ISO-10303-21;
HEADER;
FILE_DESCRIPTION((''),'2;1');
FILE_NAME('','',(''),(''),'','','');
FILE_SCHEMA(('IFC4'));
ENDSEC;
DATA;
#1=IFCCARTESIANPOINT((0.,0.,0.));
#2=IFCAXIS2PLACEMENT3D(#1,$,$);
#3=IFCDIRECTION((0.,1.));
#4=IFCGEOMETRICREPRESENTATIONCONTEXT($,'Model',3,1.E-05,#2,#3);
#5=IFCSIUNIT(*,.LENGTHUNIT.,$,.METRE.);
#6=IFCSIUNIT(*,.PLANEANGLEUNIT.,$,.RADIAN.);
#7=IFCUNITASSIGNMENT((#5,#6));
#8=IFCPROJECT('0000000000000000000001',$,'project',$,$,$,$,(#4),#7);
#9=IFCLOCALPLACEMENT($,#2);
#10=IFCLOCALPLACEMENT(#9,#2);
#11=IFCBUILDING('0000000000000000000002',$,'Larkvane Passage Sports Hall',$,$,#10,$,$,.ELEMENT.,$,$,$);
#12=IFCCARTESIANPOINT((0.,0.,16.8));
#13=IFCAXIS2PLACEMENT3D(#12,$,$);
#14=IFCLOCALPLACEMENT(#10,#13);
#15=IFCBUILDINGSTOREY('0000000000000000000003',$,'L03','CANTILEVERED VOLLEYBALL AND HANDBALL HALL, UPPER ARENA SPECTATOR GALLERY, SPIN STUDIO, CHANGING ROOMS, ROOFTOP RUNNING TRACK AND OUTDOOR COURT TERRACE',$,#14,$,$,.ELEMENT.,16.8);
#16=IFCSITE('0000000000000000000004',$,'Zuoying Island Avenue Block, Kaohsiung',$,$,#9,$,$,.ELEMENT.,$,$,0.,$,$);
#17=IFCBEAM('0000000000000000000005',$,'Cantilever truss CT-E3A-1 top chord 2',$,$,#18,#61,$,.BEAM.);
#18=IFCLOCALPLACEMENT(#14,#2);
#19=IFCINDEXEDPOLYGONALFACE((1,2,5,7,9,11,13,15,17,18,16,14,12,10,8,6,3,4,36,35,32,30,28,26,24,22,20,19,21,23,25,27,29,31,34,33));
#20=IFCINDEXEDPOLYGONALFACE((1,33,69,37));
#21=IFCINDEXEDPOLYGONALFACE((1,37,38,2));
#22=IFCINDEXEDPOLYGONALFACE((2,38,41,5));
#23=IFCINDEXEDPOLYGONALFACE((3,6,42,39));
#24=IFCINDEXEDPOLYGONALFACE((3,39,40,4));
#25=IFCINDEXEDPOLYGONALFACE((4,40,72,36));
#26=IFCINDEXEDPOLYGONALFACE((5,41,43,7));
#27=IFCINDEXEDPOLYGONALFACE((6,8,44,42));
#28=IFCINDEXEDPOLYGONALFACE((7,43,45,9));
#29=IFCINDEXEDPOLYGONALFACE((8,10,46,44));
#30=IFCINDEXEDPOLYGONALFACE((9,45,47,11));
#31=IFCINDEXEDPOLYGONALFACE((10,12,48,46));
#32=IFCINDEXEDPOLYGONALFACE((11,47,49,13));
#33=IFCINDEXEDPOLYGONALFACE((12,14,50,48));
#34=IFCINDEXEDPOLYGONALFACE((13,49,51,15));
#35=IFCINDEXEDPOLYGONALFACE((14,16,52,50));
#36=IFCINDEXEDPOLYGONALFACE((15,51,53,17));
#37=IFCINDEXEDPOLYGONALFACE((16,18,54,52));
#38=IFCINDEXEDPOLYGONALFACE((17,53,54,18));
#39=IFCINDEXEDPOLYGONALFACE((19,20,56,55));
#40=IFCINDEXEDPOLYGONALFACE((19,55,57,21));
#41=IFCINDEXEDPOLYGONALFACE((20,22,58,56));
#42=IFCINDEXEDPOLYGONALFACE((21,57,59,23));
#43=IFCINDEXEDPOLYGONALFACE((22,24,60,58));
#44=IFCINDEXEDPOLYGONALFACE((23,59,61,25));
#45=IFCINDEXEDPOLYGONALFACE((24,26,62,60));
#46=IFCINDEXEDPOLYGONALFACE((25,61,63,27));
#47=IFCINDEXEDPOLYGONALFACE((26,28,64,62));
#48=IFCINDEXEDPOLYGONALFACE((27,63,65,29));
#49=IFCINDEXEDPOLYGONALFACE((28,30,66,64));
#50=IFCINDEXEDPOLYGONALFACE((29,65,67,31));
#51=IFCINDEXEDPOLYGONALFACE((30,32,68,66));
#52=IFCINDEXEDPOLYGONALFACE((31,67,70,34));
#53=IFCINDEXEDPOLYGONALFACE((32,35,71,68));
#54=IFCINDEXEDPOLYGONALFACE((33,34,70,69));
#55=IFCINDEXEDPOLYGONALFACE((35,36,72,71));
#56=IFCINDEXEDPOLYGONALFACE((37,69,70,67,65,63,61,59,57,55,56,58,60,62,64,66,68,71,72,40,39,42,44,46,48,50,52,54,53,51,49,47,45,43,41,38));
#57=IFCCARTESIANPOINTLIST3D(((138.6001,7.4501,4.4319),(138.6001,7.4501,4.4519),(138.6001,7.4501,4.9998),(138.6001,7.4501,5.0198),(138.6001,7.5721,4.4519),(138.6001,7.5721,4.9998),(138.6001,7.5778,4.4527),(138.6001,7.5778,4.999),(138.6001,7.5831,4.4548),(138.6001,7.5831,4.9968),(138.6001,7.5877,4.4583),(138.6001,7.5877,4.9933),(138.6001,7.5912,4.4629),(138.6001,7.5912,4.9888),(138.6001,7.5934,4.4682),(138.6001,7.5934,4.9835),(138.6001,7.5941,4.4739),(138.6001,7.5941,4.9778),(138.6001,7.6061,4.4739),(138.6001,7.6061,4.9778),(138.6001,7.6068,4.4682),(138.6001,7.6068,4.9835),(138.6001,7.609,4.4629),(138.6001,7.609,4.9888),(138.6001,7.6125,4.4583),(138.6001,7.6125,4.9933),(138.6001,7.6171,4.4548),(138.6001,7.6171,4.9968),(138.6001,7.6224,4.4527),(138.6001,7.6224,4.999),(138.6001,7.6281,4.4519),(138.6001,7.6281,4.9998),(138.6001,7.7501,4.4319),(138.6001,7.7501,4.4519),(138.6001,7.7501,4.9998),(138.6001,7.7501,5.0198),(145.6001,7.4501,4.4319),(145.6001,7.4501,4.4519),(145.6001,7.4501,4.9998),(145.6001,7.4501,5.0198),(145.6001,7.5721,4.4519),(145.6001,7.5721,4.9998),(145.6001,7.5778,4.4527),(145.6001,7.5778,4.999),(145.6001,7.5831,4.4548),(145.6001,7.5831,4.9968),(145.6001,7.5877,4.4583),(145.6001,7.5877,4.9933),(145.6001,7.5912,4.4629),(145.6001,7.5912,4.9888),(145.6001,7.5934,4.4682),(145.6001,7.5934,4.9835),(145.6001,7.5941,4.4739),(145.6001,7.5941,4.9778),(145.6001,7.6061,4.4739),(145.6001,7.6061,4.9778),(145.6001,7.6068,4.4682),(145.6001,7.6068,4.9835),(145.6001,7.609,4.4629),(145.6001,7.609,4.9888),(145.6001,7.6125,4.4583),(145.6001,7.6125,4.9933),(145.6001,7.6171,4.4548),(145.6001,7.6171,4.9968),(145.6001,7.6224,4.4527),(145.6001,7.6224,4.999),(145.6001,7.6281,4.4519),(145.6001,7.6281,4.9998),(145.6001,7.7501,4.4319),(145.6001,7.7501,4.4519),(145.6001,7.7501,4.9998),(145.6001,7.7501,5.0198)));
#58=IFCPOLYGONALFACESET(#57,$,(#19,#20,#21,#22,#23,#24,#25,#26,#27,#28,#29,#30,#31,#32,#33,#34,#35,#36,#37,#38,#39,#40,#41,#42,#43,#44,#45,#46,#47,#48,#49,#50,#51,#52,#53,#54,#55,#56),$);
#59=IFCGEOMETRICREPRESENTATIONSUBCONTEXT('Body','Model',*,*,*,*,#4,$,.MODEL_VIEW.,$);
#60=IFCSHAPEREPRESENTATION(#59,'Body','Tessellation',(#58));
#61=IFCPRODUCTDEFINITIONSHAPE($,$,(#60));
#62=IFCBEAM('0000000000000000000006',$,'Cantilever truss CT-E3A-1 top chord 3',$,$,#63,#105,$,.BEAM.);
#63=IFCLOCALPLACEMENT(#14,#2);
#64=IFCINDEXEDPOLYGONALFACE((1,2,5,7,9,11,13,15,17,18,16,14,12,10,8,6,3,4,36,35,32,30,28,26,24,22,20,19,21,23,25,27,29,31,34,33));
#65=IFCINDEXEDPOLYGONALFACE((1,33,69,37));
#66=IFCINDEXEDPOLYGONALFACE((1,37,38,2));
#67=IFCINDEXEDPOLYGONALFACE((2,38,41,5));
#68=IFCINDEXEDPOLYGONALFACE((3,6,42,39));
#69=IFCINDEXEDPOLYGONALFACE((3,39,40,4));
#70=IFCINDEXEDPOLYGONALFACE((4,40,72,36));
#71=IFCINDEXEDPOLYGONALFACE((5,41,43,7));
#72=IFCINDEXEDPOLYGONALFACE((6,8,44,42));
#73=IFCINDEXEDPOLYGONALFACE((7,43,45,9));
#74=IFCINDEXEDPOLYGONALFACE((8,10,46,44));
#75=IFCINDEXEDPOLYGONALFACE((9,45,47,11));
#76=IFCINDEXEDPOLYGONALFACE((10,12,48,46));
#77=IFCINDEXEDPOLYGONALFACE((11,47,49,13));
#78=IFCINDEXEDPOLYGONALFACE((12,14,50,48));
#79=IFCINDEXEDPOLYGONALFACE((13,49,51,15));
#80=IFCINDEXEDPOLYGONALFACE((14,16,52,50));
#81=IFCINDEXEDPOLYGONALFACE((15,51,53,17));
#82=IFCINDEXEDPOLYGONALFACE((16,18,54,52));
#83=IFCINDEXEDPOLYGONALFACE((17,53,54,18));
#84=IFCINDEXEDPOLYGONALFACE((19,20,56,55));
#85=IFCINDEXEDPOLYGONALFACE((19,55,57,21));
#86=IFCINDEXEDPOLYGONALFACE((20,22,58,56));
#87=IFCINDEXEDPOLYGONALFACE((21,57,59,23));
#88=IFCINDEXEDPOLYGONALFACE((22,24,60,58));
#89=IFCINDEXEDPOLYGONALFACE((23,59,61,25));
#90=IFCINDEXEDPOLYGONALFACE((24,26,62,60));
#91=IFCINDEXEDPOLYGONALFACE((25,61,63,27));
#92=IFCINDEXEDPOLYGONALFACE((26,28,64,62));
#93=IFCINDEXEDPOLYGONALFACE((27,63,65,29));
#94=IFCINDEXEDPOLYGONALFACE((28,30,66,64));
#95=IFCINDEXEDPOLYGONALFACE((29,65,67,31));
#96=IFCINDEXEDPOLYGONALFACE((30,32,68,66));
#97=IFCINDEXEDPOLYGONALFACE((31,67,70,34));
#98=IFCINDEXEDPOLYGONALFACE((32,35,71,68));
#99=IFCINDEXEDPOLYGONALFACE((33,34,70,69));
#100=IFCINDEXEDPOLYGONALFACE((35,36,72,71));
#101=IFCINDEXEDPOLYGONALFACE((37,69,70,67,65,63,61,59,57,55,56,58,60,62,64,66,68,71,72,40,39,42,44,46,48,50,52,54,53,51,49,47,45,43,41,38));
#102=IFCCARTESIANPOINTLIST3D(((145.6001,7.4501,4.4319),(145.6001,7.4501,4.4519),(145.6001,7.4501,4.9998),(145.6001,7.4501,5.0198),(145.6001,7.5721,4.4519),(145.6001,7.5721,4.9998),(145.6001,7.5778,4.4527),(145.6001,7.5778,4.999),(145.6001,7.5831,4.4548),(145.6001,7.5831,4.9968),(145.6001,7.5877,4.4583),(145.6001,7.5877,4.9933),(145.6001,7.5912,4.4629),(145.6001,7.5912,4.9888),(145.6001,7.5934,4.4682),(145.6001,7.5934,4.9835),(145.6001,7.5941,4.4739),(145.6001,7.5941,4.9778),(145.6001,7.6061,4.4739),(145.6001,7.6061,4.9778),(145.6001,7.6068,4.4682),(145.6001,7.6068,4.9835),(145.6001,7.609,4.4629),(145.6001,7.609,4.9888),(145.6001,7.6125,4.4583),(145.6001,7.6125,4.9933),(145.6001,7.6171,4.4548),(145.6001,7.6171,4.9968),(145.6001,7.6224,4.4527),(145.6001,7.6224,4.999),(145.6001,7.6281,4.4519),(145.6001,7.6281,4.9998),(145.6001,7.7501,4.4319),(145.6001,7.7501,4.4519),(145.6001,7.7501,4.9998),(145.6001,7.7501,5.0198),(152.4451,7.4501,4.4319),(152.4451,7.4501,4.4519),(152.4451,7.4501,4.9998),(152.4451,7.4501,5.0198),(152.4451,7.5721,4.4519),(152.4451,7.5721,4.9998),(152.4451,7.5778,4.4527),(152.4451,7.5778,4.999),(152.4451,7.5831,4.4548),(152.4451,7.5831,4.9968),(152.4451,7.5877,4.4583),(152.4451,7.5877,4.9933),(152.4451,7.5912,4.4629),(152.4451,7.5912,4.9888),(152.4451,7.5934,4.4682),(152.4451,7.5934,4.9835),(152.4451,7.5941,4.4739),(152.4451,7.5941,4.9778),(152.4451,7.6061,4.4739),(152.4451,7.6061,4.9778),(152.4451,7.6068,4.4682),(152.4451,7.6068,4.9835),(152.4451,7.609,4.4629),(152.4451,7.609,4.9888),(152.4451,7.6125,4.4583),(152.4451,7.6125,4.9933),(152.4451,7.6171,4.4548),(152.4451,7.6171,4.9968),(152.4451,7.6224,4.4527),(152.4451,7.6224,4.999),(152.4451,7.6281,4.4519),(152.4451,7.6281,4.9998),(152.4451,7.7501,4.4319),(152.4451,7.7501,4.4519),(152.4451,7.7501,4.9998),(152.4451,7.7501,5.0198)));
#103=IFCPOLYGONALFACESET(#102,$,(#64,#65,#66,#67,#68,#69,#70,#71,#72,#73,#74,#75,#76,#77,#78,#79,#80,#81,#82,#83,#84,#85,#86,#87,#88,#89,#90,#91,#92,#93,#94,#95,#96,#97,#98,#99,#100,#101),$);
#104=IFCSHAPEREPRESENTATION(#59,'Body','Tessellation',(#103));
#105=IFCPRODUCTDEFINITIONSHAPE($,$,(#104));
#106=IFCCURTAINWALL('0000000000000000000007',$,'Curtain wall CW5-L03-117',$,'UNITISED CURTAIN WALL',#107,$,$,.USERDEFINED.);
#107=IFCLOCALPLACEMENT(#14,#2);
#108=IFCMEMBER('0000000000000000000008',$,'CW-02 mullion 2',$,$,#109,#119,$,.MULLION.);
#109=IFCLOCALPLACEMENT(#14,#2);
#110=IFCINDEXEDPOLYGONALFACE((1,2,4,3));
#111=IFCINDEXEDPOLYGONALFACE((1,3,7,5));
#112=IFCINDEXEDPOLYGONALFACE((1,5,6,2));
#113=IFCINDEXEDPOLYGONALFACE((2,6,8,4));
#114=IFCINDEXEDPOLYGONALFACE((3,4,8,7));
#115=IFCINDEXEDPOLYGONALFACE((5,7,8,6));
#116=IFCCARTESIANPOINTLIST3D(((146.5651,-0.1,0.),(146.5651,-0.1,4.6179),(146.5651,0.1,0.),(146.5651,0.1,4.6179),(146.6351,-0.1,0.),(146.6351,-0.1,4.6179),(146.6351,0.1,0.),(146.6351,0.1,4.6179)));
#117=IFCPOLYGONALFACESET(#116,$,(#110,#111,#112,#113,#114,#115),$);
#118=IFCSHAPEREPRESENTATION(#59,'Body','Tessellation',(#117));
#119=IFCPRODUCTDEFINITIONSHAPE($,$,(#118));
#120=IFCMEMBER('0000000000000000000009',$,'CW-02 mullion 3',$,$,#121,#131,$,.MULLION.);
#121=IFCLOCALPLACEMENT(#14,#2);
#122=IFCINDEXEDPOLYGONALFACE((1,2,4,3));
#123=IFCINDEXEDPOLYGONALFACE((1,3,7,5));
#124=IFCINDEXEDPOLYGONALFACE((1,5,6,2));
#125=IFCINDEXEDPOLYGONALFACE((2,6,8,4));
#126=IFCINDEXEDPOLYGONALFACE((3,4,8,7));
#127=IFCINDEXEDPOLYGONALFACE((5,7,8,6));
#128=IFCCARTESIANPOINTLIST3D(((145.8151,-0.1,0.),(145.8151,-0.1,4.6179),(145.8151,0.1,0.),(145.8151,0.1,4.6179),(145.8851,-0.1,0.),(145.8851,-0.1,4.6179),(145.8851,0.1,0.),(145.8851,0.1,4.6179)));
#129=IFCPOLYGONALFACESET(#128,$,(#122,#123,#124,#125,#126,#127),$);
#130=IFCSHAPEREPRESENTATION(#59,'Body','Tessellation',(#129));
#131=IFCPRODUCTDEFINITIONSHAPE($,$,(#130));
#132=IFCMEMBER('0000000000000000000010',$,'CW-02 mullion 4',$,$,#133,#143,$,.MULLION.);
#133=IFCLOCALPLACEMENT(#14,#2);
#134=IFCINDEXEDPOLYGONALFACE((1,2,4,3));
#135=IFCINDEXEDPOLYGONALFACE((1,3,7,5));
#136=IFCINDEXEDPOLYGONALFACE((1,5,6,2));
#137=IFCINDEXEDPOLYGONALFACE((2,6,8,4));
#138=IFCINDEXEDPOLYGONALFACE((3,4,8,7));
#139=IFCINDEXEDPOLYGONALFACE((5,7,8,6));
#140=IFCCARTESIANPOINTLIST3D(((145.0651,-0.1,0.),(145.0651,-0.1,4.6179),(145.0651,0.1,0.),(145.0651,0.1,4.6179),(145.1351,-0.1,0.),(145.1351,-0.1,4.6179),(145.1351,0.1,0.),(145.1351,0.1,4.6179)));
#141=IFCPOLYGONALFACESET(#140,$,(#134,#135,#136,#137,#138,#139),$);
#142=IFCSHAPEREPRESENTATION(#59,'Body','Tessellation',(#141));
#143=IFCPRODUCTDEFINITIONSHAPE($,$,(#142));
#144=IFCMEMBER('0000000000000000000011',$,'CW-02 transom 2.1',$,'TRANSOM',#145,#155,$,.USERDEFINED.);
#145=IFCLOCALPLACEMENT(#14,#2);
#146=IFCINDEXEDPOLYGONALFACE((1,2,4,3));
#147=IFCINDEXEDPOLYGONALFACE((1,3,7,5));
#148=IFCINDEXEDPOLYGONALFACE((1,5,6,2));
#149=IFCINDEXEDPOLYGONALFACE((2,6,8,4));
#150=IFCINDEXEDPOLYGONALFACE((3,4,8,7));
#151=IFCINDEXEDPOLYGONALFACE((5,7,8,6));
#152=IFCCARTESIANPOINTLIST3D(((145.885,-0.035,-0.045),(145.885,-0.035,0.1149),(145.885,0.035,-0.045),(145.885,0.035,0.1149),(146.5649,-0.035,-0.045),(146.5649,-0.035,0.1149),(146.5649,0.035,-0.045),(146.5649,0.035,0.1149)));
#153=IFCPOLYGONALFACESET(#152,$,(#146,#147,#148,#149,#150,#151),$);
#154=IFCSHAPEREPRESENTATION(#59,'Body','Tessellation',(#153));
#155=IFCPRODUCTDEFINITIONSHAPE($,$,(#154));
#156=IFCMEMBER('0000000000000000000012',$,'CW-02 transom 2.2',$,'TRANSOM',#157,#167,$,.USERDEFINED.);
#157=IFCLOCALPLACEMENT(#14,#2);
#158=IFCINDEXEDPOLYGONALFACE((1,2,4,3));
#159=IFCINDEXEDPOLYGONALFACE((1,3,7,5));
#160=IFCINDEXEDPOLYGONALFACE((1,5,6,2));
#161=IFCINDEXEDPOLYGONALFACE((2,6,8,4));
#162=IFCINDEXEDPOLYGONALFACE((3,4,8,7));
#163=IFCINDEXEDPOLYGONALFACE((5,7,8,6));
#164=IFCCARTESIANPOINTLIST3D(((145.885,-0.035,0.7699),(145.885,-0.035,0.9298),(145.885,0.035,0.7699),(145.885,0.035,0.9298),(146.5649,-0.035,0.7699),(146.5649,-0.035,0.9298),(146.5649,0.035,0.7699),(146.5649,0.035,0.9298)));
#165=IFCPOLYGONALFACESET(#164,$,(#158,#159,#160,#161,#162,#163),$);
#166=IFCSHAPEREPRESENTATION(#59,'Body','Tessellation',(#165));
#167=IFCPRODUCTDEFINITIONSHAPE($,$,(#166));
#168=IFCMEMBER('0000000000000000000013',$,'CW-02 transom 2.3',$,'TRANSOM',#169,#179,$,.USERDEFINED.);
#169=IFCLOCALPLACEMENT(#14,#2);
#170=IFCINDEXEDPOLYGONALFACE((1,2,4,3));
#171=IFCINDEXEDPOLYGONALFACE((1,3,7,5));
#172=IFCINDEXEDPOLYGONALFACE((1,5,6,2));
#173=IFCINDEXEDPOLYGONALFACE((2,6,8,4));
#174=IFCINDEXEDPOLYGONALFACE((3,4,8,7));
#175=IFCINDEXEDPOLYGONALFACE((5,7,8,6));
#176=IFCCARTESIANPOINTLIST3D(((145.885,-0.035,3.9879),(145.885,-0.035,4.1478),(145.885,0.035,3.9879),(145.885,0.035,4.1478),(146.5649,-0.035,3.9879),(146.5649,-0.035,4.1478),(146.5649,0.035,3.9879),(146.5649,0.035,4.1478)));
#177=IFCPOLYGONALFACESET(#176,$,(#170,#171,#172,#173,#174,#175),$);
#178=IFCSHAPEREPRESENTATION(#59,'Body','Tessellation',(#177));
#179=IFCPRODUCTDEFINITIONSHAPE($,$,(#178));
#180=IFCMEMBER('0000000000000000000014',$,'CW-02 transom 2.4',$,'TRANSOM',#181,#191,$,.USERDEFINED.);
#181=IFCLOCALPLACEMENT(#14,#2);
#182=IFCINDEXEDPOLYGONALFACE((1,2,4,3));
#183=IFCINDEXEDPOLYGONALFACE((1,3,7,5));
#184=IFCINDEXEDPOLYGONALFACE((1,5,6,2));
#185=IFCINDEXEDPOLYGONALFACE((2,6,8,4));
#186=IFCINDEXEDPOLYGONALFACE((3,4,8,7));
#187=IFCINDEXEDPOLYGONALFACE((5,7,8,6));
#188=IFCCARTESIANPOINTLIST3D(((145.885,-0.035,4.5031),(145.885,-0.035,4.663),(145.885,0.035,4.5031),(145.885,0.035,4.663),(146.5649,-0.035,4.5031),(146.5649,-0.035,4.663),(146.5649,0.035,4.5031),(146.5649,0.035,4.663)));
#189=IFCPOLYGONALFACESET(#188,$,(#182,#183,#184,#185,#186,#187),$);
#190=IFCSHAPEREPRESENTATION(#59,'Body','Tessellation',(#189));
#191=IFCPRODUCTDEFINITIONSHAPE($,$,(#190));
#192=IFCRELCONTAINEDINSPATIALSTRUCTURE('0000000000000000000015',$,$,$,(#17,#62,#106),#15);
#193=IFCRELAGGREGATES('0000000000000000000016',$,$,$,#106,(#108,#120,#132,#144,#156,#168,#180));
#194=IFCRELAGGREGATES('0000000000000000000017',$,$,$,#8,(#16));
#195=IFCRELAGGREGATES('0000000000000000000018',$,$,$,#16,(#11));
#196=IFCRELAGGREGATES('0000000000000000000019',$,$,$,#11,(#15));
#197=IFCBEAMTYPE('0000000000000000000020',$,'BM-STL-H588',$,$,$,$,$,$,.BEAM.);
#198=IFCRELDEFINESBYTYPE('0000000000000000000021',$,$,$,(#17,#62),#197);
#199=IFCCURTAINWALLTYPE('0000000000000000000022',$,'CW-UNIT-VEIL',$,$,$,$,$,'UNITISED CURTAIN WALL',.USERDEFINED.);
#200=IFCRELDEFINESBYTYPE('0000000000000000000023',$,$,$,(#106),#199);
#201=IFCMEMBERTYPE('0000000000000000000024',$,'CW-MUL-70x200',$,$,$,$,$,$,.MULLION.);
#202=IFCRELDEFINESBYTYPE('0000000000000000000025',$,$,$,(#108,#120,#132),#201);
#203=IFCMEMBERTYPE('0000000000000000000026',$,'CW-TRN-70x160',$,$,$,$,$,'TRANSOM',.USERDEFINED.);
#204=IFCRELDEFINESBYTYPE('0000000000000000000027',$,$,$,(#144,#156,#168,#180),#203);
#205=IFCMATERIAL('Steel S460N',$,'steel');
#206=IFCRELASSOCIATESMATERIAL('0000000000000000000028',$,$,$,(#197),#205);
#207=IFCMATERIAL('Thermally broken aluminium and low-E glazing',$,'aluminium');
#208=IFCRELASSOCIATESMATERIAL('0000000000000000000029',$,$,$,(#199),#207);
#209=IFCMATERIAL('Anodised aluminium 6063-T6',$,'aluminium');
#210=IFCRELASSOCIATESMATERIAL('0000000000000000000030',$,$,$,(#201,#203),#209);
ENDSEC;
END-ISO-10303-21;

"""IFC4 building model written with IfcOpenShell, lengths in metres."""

from ifc_helpers import new_model, si_unit, direction, frame, origin, origin_2d, place, context, subcontext, project, spatial, rectangle, i_section, extrude, material, material_profile, profile_set, type_object, element, aggregate, save


model = new_model("IFC4")

# Units and contexts
model_context = context("Model", 3, precision=1e-05, world=origin(), true_north=direction((0.0, 1.0)))
body_context = subcontext(model_context, "Body", "Model", "MODEL_VIEW")
ifc_project = project(units=[si_unit("LENGTHUNIT", "METRE"), si_unit("PLANEANGLEUNIT", "RADIAN")], contexts=[model_context])

# Site, building, storey
site_placement = place(None, origin())
site = spatial("IfcSite", under=ifc_project, at=site_placement, Name="Zuoying Island Avenue Block, Kaohsiung", CompositionType="ELEMENT", RefElevation=0.0)
building_placement = place(site_placement, origin())
building = spatial("IfcBuilding", under=site, at=building_placement, Name="Larkvane Passage Sports Hall", CompositionType="ELEMENT")
storey_placement = place(building_placement, frame((0.0, 0.0, 16.8)))
storey = spatial("IfcBuildingStorey", under=building, at=storey_placement, Name="L03", Description="CANTILEVERED VOLLEYBALL AND HANDBALL HALL, UPPER ARENA SPECTATOR GALLERY, SPIN STUDIO, CHANGING ROOMS, ROOFTOP RUNNING TRACK AND OUTDOOR COURT TERRACE", CompositionType="ELEMENT", Elevation=16.8)

# Beams
ifc_material_1 = material(Name="Steel S460N", Category="steel")
ifc_material_profile_1 = material_profile(ifc_material_1, i_section(OverallWidth=0.3, OverallDepth=0.5879, WebThickness=0.012, FlangeThickness=0.02, FilletRadius=0.022, at=origin_2d()), Name="H-588x300x12x20")
ifc_profile_set_1 = profile_set([ifc_material_profile_1], Name="Steel S460N")
beam_type_1 = type_object("IfcBeamType", Name="BM-STL-H588", PredefinedType="BEAM", material=ifc_profile_set_1)
beam_1_placement = place(storey_placement, frame((138.6001, 7.6001, 4.7258), z_axis=(1.0, 0.0, 0.0), x_axis=(0.0, 1.0, 0.0)))
element("IfcBeam", 1, at=beam_1_placement, inside=storey, type_object=beam_type_1, Name="Cantilever truss CT-E3A-1 top chord 2", PredefinedType="BEAM", context=body_context, shape_type="SweptSolid", body=[
    extrude(i_section(OverallWidth=0.3, OverallDepth=0.5879, WebThickness=0.012, FlangeThickness=0.02, FilletRadius=0.022, at=origin_2d()), origin(), (0.0, 0.0, 1.0), 7.0),
])
beam_2_placement = place(storey_placement, frame((145.6001, 7.6001, 4.7258), z_axis=(1.0, 0.0, 0.0), x_axis=(0.0, 1.0, 0.0)))
element("IfcBeam", 2, at=beam_2_placement, inside=storey, type_object=beam_type_1, Name="Cantilever truss CT-E3A-1 top chord 3", PredefinedType="BEAM", context=body_context, shape_type="SweptSolid", body=[
    extrude(i_section(OverallWidth=0.3, OverallDepth=0.5879, WebThickness=0.012, FlangeThickness=0.02, FilletRadius=0.022, at=origin_2d()), origin(), (0.0, 0.0, 1.0), 6.845),
])

# Curtain wall, members
ifc_material_2 = material(Name="Thermally broken aluminium and low-E glazing", Category="aluminium")
curtain_wall_type = type_object("IfcCurtainWallType", Name="CW-UNIT-VEIL", ElementType="UNITISED CURTAIN WALL", PredefinedType="USERDEFINED", material=ifc_material_2)
curtain_wall_placement = place(storey_placement, origin())
curtain_wall = element("IfcCurtainWall", 3, at=curtain_wall_placement, inside=storey, type_object=curtain_wall_type, Name="Curtain wall CW5-L03-117", ObjectType="UNITISED CURTAIN WALL", PredefinedType="USERDEFINED")
ifc_material_3 = material(Name="Anodised aluminium 6063-T6", Category="aluminium")
ifc_material_profile_2 = material_profile(ifc_material_3, rectangle(XDim=0.0701, YDim=0.2, at=origin_2d()), Name="ALU-MUL-70x200")
ifc_profile_set_2 = profile_set([ifc_material_profile_2], Name="Anodised aluminium 6063-T6")
member_type_1 = type_object("IfcMemberType", Name="CW-MUL-70x200", PredefinedType="MULLION", material=ifc_profile_set_2)
member_1_placement = place(storey_placement, frame((146.6001, 0.0, 0.0), z_axis=(0.0, 0.0, 1.0), x_axis=(-1.0, 0.0, 0.0)))
member_1 = element("IfcMember", 4, at=member_1_placement, type_object=member_type_1, Name="CW-02 mullion 2", PredefinedType="MULLION", context=body_context, shape_type="SweptSolid", body=[
    extrude(rectangle(XDim=0.0701, YDim=0.2, at=origin_2d()), origin(), (0.0, 0.0, 1.0), 4.6179),
])
member_2_placement = place(storey_placement, frame((145.8501, 0.0, 0.0), z_axis=(0.0, 0.0, 1.0), x_axis=(-1.0, 0.0, 0.0)))
member_2 = element("IfcMember", 5, at=member_2_placement, type_object=member_type_1, Name="CW-02 mullion 3", PredefinedType="MULLION", context=body_context, shape_type="SweptSolid", body=[
    extrude(rectangle(XDim=0.0701, YDim=0.2, at=origin_2d()), origin(), (0.0, 0.0, 1.0), 4.6179),
])
member_3_placement = place(storey_placement, frame((145.1001, 0.0, 0.0), z_axis=(0.0, 0.0, 1.0), x_axis=(-1.0, 0.0, 0.0)))
member_3 = element("IfcMember", 6, at=member_3_placement, type_object=member_type_1, Name="CW-02 mullion 4", PredefinedType="MULLION", context=body_context, shape_type="SweptSolid", body=[
    extrude(rectangle(XDim=0.0701, YDim=0.2, at=origin_2d()), origin(), (0.0, 0.0, 1.0), 4.6179),
])
ifc_material_profile_3 = material_profile(ifc_material_3, rectangle(XDim=0.0701, YDim=0.1599, at=origin_2d()), Name="ALU-TRN-70x160")
ifc_profile_set_3 = profile_set([ifc_material_profile_3], Name="Anodised aluminium 6063-T6")
member_type_2 = type_object("IfcMemberType", Name="CW-TRN-70x160", ElementType="TRANSOM", PredefinedType="USERDEFINED", material=ifc_profile_set_3)
member_4_placement = place(storey_placement, frame((146.5649, 0.0, 0.0349), z_axis=(-1.0, 0.0, 0.0), x_axis=(0.0, -1.0, 0.0)))
member_4 = element("IfcMember", 7, at=member_4_placement, type_object=member_type_2, Name="CW-02 transom 2.1", ObjectType="TRANSOM", PredefinedType="USERDEFINED", context=body_context, shape_type="SweptSolid", body=[
    extrude(rectangle(XDim=0.0701, YDim=0.1599, at=origin_2d()), origin(), (0.0, 0.0, 1.0), 0.6799),
])
member_5_placement = place(storey_placement, frame((146.5649, 0.0, 0.8499), z_axis=(-1.0, 0.0, 0.0), x_axis=(0.0, -1.0, 0.0)))
member_5 = element("IfcMember", 8, at=member_5_placement, type_object=member_type_2, Name="CW-02 transom 2.2", ObjectType="TRANSOM", PredefinedType="USERDEFINED", context=body_context, shape_type="SweptSolid", body=[
    extrude(rectangle(XDim=0.0701, YDim=0.1599, at=origin_2d()), origin(), (0.0, 0.0, 1.0), 0.6799),
])
member_6_placement = place(storey_placement, frame((146.5649, 0.0, 4.0679), z_axis=(-1.0, 0.0, 0.0), x_axis=(0.0, -1.0, 0.0)))
member_6 = element("IfcMember", 9, at=member_6_placement, type_object=member_type_2, Name="CW-02 transom 2.3", ObjectType="TRANSOM", PredefinedType="USERDEFINED", context=body_context, shape_type="SweptSolid", body=[
    extrude(rectangle(XDim=0.0701, YDim=0.1599, at=origin_2d()), origin(), (0.0, 0.0, 1.0), 0.6799),
])
member_7_placement = place(storey_placement, frame((146.5649, 0.0, 4.583), z_axis=(-1.0, 0.0, 0.0), x_axis=(0.0, -1.0, 0.0)))
member_7 = element("IfcMember", 10, at=member_7_placement, type_object=member_type_2, Name="CW-02 transom 2.4", ObjectType="TRANSOM", PredefinedType="USERDEFINED", context=body_context, shape_type="SweptSolid", body=[
    extrude(rectangle(XDim=0.0701, YDim=0.1599, at=origin_2d()), origin(), (0.0, 0.0, 1.0), 0.6799),
])

aggregate(curtain_wall, [member_1, member_2, member_3, member_4, member_5, member_6, member_7])

save(model, "model.ifc")
